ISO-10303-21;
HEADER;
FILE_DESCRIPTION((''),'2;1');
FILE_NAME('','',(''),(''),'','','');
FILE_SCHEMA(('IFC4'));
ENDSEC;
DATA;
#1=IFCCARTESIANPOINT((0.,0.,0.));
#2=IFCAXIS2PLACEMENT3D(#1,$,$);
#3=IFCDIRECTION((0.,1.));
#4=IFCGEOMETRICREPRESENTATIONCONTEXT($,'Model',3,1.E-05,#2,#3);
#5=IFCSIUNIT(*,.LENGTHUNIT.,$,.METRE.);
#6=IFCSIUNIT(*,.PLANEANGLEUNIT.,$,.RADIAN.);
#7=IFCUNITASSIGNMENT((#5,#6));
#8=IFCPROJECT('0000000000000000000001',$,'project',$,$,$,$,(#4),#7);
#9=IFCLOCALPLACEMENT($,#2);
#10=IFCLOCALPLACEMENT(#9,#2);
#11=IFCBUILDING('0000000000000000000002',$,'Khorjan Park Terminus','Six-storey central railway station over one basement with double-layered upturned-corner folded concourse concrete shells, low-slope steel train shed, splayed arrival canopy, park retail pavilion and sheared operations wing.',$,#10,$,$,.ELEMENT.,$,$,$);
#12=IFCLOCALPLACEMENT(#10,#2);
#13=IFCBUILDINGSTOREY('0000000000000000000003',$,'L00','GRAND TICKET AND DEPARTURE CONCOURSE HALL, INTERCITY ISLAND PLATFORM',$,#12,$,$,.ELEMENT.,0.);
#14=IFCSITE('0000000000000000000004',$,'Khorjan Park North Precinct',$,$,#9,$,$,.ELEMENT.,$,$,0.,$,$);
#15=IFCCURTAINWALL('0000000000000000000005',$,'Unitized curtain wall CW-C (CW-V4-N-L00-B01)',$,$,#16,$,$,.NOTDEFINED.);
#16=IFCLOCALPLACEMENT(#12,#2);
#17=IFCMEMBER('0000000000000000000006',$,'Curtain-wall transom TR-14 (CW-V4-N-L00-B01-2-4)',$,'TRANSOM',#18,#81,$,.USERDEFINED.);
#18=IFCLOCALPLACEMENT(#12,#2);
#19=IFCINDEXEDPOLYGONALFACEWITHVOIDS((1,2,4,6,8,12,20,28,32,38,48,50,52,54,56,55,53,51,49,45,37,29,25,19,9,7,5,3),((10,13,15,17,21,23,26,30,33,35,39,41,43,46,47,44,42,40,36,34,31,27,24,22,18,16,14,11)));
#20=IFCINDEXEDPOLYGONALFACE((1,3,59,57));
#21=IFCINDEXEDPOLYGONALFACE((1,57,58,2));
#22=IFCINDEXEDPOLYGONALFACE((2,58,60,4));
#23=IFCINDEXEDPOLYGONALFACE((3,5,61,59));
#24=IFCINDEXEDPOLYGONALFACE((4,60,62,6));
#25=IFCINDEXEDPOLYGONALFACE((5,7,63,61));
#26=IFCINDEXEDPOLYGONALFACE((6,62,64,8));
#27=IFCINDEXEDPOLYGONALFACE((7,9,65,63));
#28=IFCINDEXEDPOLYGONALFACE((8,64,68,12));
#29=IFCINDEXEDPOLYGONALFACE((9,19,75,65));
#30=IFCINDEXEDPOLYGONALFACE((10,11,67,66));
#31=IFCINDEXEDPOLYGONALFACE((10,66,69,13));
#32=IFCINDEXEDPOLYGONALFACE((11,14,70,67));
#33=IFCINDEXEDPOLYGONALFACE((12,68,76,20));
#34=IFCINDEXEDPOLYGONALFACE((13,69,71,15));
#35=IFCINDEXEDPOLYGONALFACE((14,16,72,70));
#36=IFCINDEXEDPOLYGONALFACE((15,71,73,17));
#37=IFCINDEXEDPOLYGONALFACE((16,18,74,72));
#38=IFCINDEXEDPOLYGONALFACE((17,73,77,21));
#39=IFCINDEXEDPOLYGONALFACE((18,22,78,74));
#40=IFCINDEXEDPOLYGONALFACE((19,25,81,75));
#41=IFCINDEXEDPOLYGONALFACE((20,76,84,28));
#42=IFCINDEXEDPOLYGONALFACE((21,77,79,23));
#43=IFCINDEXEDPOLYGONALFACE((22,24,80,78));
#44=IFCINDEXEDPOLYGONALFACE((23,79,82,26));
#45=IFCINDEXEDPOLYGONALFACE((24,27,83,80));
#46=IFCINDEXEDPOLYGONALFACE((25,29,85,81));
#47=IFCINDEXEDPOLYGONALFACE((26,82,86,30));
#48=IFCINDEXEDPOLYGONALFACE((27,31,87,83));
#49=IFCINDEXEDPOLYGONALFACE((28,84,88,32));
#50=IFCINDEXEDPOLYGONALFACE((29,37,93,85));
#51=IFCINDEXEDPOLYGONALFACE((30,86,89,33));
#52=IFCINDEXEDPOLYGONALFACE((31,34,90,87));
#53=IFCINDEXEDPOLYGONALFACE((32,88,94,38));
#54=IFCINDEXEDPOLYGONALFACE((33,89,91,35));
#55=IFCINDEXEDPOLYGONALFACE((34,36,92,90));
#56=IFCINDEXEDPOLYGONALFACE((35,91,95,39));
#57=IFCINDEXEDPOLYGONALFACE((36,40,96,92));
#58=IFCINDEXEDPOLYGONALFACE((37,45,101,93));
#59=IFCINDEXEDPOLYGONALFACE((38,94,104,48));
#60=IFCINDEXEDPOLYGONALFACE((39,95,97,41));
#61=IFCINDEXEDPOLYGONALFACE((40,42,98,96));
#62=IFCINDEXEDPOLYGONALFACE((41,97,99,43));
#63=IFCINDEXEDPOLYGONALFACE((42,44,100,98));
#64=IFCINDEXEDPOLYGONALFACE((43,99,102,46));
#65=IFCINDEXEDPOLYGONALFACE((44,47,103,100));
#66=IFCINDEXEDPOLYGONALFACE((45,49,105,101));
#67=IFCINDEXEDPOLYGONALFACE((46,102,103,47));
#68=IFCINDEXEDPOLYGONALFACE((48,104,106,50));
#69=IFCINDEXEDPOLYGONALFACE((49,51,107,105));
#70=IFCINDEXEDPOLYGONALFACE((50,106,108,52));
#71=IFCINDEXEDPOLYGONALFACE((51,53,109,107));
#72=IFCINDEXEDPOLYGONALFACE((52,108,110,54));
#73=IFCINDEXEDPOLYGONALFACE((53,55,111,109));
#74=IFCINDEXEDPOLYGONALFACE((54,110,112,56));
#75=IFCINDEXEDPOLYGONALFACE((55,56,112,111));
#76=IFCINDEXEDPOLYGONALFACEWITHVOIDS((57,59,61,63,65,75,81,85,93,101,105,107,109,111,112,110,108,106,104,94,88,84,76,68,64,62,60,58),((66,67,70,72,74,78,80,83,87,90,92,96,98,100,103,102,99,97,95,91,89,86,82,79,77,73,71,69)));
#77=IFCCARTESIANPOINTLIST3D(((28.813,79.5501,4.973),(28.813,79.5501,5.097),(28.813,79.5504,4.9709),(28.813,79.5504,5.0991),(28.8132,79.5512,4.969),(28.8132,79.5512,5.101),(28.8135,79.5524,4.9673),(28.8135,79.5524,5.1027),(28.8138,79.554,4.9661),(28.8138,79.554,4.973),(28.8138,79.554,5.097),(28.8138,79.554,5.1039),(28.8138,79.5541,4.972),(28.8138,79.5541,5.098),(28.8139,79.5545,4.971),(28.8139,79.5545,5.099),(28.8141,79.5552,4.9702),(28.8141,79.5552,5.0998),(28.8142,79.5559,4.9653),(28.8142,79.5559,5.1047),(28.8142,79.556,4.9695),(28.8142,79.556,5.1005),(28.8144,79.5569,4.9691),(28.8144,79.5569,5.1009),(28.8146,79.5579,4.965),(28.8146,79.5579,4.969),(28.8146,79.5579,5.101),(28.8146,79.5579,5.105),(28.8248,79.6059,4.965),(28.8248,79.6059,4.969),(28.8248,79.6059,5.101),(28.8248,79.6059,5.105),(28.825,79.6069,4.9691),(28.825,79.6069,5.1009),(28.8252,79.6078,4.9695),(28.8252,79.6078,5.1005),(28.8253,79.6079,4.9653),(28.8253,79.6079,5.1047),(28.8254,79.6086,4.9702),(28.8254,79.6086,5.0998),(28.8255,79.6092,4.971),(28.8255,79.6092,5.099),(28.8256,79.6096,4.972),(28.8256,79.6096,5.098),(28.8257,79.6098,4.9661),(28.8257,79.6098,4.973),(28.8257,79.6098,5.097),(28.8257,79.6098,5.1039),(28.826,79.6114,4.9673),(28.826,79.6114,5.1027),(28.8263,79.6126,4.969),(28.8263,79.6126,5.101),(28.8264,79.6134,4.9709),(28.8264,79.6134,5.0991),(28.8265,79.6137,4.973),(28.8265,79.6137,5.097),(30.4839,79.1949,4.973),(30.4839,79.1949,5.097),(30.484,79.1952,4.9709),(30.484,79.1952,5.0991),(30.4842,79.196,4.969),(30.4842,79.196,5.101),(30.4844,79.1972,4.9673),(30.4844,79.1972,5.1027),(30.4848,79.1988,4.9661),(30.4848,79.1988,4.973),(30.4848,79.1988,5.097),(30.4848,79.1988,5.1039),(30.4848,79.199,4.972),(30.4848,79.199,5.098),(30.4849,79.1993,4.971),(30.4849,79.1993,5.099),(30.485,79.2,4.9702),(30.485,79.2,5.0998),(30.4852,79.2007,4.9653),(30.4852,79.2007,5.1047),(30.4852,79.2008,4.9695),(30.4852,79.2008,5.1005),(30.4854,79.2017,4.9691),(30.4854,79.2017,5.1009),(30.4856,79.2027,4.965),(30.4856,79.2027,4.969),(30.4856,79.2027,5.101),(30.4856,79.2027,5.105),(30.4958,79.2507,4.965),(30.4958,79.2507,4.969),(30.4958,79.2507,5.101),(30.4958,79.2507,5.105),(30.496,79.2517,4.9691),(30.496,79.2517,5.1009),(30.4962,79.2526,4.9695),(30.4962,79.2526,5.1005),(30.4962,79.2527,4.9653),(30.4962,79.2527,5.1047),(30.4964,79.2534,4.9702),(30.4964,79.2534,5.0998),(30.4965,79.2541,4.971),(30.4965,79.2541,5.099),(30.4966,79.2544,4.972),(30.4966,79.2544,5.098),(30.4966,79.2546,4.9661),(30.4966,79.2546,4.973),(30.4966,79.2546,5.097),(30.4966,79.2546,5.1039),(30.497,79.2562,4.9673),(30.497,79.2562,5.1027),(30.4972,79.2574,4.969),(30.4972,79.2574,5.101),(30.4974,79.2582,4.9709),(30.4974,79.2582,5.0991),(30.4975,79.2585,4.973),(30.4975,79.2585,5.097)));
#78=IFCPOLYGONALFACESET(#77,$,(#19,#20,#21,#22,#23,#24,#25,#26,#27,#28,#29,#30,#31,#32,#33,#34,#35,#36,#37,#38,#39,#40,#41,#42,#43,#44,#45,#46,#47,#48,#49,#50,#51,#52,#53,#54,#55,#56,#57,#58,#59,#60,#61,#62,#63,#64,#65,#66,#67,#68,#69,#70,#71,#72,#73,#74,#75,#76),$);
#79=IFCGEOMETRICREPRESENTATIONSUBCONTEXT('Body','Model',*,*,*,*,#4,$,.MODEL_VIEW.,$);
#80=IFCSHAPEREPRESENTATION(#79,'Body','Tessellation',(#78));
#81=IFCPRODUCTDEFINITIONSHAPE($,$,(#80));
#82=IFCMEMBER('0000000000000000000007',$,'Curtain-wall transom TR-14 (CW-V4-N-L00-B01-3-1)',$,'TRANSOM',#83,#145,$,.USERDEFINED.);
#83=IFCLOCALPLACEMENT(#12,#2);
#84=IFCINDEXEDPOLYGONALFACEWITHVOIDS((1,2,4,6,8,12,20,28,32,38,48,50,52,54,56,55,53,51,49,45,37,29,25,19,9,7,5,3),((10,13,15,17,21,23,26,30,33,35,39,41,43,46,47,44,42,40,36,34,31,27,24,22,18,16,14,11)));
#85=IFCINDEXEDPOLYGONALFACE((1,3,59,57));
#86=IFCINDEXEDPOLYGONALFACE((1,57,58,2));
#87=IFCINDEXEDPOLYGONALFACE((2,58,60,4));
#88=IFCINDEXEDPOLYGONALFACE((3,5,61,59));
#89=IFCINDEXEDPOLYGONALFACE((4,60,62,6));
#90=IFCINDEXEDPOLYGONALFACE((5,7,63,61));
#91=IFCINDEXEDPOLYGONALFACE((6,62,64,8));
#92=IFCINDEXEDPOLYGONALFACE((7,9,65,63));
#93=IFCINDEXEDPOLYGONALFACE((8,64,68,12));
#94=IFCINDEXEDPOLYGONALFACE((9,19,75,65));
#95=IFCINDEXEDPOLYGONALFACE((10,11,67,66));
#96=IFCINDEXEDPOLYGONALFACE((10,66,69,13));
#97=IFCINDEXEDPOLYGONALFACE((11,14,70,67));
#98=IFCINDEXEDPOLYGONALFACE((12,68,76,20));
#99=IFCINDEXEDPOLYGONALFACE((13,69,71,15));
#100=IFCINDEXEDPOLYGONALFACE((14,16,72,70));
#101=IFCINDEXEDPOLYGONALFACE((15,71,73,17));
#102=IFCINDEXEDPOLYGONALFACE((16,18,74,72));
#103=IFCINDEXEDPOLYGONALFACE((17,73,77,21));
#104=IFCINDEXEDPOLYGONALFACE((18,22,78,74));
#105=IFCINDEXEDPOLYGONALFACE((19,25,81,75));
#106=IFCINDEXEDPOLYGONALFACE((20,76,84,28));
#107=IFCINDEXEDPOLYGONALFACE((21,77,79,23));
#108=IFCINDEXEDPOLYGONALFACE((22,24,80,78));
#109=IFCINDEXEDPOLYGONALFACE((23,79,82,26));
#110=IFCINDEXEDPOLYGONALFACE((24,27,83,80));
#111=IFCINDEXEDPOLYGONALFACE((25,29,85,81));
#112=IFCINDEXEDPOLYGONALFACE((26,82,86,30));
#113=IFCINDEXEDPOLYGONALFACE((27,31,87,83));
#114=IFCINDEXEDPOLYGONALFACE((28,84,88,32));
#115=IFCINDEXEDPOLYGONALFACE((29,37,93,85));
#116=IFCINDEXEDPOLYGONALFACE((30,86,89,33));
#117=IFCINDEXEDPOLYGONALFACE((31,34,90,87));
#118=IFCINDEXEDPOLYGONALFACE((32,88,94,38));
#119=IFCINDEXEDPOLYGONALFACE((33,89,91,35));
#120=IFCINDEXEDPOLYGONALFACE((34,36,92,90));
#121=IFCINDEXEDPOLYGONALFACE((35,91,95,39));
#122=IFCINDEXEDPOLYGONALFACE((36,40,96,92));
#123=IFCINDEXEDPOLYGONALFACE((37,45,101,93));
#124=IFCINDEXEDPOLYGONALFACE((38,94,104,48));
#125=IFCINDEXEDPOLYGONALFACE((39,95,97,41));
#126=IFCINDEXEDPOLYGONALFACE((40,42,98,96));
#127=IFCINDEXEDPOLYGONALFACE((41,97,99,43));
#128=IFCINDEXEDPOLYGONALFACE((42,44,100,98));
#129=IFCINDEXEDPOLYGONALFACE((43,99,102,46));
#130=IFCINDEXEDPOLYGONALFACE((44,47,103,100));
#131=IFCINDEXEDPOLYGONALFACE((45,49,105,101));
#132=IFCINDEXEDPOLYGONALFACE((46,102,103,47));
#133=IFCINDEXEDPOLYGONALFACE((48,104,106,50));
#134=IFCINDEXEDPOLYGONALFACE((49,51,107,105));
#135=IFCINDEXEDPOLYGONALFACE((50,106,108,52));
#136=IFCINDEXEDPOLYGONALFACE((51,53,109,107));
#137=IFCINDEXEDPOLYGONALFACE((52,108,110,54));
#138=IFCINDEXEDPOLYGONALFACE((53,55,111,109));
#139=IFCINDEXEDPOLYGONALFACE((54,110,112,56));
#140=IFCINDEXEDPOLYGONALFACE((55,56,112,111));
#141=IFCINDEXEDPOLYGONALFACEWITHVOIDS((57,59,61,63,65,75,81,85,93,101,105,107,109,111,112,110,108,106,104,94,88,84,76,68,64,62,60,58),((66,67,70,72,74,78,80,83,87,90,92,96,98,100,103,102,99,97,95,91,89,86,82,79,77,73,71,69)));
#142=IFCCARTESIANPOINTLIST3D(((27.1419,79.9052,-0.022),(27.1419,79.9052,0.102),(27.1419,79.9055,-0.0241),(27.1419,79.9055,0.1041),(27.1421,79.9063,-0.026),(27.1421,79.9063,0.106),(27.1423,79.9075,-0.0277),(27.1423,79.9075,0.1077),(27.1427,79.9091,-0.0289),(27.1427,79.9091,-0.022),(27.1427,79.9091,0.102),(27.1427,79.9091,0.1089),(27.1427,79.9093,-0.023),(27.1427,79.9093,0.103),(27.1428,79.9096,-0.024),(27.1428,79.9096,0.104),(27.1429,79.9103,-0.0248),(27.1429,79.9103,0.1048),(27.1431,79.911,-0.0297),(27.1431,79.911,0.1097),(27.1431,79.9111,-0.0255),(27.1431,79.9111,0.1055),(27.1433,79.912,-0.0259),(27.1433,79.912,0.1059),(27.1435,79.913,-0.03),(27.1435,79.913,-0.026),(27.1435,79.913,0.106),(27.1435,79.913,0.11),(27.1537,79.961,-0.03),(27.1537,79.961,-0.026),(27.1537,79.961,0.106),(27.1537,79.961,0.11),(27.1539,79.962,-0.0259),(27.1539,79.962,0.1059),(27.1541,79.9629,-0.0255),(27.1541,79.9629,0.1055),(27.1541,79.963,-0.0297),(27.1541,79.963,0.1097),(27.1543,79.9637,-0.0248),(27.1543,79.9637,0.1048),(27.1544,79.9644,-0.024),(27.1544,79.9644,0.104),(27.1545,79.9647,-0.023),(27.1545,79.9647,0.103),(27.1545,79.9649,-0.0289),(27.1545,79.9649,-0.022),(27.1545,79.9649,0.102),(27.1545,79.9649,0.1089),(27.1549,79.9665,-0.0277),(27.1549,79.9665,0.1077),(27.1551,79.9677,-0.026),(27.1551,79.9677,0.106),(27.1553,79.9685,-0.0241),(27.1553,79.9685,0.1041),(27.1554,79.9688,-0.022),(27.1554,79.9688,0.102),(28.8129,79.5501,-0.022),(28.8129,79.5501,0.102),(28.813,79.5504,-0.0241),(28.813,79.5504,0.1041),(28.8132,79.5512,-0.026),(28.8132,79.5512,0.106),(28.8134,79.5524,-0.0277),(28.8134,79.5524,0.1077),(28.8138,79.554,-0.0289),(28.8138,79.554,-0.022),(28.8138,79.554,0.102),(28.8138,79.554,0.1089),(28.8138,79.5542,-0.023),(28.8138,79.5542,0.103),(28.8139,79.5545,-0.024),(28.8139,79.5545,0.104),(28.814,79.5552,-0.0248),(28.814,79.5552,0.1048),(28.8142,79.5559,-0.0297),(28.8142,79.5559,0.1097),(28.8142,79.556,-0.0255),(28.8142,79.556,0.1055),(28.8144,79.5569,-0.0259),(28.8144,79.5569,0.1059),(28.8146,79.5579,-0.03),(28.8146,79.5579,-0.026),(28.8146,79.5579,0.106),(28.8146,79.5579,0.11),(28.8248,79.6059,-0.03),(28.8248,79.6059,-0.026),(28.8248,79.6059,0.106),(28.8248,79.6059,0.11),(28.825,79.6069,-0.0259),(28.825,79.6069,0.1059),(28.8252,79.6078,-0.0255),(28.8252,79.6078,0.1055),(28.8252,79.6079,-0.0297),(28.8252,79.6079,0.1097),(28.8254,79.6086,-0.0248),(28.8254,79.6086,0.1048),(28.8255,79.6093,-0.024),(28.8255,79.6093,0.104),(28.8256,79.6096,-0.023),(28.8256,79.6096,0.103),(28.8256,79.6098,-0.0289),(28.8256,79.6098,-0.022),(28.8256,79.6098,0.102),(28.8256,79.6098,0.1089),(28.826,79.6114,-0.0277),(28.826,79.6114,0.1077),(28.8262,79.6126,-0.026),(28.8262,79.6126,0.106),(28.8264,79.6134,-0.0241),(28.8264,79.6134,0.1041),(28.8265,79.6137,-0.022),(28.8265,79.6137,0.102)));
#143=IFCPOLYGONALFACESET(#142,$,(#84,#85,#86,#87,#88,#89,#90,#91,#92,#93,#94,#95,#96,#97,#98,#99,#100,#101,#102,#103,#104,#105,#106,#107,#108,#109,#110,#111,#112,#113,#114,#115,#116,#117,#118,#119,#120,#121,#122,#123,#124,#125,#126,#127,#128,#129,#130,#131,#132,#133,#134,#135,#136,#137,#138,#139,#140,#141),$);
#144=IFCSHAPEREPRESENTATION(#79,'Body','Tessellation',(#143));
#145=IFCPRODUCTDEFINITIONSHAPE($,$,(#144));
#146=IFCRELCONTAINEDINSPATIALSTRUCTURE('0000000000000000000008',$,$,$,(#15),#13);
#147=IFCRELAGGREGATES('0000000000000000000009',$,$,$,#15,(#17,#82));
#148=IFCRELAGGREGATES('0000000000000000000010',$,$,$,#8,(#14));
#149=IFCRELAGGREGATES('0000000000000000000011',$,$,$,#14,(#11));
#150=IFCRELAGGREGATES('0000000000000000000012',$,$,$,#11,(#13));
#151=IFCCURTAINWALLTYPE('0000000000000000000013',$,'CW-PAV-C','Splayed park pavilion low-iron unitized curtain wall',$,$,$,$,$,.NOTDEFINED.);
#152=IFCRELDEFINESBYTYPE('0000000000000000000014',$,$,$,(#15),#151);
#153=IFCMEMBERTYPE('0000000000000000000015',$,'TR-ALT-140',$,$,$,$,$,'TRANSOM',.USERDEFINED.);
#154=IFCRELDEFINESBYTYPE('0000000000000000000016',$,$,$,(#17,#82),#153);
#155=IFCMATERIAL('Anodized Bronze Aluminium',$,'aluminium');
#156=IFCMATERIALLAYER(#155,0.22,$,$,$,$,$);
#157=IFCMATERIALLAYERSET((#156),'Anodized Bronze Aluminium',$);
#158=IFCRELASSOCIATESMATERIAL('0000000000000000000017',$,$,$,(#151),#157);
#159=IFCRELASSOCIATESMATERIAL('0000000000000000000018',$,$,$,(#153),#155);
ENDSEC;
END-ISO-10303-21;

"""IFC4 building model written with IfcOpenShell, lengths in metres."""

from ifc_helpers import new_model, si_unit, direction, frame, origin, origin_2d, place, context, subcontext, project, spatial, hollow_rectangle, extrude, material, layer, layer_set, material_profile, profile_set, type_object, element, aggregate, save


model = new_model("IFC4")

# Units and contexts
model_context = context("Model", 3, precision=1e-05, world=origin(), true_north=direction((0.0, 1.0)))
body_context = subcontext(model_context, "Body", "Model", "MODEL_VIEW")
ifc_project = project(units=[si_unit("LENGTHUNIT", "METRE"), si_unit("PLANEANGLEUNIT", "RADIAN")], contexts=[model_context])

# Site, building, storey
site_placement = place(None, origin())
site = spatial("IfcSite", under=ifc_project, at=site_placement, Name="Khorjan Park North Precinct", CompositionType="ELEMENT", RefElevation=0.0)
building_placement = place(site_placement, origin())
building = spatial("IfcBuilding", under=site, at=building_placement, Name="Khorjan Park Terminus", Description="Six-storey central railway station over one basement with double-layered upturned-corner folded concourse concrete shells, low-slope steel train shed, splayed arrival canopy, park retail pavilion and sheared operations wing.", CompositionType="ELEMENT")
storey_placement = place(building_placement, origin())
storey = spatial("IfcBuildingStorey", under=building, at=storey_placement, Name="L00", Description="GRAND TICKET AND DEPARTURE CONCOURSE HALL, INTERCITY ISLAND PLATFORM", CompositionType="ELEMENT", Elevation=0.0)

# Curtain wall, members
ifc_material_1 = material(Name="Anodized Bronze Aluminium", Category="aluminium")
ifc_layer_1 = layer(ifc_material_1, 0.22)
ifc_layer_set_1 = layer_set([ifc_layer_1], Name="Anodized Bronze Aluminium")
curtain_wall_type = type_object("IfcCurtainWallType", Name="CW-PAV-C", Description="Splayed park pavilion low-iron unitized curtain wall", PredefinedType="NOTDEFINED", material=ifc_layer_set_1)
curtain_wall_placement = place(storey_placement, origin())
curtain_wall = element("IfcCurtainWall", 1, at=curtain_wall_placement, inside=storey, type_object=curtain_wall_type, Name="Unitized curtain wall CW-C (CW-V4-N-L00-B01)", PredefinedType="NOTDEFINED")
ifc_material_profile_1 = material_profile(ifc_material_1, hollow_rectangle(XDim=0.065, YDim=0.14, WallThickness=0.004, InnerFilletRadius=0.004, OuterFilletRadius=0.008, at=origin_2d()), Name="ALT 65x140x4")
ifc_profile_set_1 = profile_set([ifc_material_profile_1], Name="Anodized Bronze Aluminium")
member_type_1 = type_object("IfcMemberType", Name="TR-ALT-140", ElementType="TRANSOM", PredefinedType="USERDEFINED", material=ifc_profile_set_1)
member_1_placement = place(storey_placement, frame((30.4907, 79.2267, 5.035), z_axis=(-0.978145, 0.207922, 0.0), x_axis=(-0.207922, -0.978145, 0.0)))
member_1 = element("IfcMember", 2, at=member_1_placement, type_object=member_type_1, Name="Curtain-wall transom TR-14 (CW-V4-N-L00-B01-2-4)", ObjectType="TRANSOM", PredefinedType="USERDEFINED", context=body_context, shape_type="SweptSolid", body=[
    extrude(hollow_rectangle(XDim=0.065, YDim=0.14, WallThickness=0.004, InnerFilletRadius=0.004, OuterFilletRadius=0.008, at=origin_2d()), origin(), (0.0, 0.0, 1.0), 1.7083),
])
member_2_placement = place(storey_placement, frame((28.8197, 79.5819, 0.04), z_axis=(-0.97816, 0.207854, 0.0), x_axis=(-0.207854, -0.97816, 0.0)))
member_2 = element("IfcMember", 3, at=member_2_placement, type_object=member_type_1, Name="Curtain-wall transom TR-14 (CW-V4-N-L00-B01-3-1)", ObjectType="TRANSOM", PredefinedType="USERDEFINED", context=body_context, shape_type="SweptSolid", body=[
    extrude(hollow_rectangle(XDim=0.065, YDim=0.14, WallThickness=0.004, InnerFilletRadius=0.004, OuterFilletRadius=0.008, at=origin_2d()), origin(), (0.0, 0.0, 1.0), 1.7084),
])
aggregate(curtain_wall, [member_1, member_2])

save(model, "model.ifc")
